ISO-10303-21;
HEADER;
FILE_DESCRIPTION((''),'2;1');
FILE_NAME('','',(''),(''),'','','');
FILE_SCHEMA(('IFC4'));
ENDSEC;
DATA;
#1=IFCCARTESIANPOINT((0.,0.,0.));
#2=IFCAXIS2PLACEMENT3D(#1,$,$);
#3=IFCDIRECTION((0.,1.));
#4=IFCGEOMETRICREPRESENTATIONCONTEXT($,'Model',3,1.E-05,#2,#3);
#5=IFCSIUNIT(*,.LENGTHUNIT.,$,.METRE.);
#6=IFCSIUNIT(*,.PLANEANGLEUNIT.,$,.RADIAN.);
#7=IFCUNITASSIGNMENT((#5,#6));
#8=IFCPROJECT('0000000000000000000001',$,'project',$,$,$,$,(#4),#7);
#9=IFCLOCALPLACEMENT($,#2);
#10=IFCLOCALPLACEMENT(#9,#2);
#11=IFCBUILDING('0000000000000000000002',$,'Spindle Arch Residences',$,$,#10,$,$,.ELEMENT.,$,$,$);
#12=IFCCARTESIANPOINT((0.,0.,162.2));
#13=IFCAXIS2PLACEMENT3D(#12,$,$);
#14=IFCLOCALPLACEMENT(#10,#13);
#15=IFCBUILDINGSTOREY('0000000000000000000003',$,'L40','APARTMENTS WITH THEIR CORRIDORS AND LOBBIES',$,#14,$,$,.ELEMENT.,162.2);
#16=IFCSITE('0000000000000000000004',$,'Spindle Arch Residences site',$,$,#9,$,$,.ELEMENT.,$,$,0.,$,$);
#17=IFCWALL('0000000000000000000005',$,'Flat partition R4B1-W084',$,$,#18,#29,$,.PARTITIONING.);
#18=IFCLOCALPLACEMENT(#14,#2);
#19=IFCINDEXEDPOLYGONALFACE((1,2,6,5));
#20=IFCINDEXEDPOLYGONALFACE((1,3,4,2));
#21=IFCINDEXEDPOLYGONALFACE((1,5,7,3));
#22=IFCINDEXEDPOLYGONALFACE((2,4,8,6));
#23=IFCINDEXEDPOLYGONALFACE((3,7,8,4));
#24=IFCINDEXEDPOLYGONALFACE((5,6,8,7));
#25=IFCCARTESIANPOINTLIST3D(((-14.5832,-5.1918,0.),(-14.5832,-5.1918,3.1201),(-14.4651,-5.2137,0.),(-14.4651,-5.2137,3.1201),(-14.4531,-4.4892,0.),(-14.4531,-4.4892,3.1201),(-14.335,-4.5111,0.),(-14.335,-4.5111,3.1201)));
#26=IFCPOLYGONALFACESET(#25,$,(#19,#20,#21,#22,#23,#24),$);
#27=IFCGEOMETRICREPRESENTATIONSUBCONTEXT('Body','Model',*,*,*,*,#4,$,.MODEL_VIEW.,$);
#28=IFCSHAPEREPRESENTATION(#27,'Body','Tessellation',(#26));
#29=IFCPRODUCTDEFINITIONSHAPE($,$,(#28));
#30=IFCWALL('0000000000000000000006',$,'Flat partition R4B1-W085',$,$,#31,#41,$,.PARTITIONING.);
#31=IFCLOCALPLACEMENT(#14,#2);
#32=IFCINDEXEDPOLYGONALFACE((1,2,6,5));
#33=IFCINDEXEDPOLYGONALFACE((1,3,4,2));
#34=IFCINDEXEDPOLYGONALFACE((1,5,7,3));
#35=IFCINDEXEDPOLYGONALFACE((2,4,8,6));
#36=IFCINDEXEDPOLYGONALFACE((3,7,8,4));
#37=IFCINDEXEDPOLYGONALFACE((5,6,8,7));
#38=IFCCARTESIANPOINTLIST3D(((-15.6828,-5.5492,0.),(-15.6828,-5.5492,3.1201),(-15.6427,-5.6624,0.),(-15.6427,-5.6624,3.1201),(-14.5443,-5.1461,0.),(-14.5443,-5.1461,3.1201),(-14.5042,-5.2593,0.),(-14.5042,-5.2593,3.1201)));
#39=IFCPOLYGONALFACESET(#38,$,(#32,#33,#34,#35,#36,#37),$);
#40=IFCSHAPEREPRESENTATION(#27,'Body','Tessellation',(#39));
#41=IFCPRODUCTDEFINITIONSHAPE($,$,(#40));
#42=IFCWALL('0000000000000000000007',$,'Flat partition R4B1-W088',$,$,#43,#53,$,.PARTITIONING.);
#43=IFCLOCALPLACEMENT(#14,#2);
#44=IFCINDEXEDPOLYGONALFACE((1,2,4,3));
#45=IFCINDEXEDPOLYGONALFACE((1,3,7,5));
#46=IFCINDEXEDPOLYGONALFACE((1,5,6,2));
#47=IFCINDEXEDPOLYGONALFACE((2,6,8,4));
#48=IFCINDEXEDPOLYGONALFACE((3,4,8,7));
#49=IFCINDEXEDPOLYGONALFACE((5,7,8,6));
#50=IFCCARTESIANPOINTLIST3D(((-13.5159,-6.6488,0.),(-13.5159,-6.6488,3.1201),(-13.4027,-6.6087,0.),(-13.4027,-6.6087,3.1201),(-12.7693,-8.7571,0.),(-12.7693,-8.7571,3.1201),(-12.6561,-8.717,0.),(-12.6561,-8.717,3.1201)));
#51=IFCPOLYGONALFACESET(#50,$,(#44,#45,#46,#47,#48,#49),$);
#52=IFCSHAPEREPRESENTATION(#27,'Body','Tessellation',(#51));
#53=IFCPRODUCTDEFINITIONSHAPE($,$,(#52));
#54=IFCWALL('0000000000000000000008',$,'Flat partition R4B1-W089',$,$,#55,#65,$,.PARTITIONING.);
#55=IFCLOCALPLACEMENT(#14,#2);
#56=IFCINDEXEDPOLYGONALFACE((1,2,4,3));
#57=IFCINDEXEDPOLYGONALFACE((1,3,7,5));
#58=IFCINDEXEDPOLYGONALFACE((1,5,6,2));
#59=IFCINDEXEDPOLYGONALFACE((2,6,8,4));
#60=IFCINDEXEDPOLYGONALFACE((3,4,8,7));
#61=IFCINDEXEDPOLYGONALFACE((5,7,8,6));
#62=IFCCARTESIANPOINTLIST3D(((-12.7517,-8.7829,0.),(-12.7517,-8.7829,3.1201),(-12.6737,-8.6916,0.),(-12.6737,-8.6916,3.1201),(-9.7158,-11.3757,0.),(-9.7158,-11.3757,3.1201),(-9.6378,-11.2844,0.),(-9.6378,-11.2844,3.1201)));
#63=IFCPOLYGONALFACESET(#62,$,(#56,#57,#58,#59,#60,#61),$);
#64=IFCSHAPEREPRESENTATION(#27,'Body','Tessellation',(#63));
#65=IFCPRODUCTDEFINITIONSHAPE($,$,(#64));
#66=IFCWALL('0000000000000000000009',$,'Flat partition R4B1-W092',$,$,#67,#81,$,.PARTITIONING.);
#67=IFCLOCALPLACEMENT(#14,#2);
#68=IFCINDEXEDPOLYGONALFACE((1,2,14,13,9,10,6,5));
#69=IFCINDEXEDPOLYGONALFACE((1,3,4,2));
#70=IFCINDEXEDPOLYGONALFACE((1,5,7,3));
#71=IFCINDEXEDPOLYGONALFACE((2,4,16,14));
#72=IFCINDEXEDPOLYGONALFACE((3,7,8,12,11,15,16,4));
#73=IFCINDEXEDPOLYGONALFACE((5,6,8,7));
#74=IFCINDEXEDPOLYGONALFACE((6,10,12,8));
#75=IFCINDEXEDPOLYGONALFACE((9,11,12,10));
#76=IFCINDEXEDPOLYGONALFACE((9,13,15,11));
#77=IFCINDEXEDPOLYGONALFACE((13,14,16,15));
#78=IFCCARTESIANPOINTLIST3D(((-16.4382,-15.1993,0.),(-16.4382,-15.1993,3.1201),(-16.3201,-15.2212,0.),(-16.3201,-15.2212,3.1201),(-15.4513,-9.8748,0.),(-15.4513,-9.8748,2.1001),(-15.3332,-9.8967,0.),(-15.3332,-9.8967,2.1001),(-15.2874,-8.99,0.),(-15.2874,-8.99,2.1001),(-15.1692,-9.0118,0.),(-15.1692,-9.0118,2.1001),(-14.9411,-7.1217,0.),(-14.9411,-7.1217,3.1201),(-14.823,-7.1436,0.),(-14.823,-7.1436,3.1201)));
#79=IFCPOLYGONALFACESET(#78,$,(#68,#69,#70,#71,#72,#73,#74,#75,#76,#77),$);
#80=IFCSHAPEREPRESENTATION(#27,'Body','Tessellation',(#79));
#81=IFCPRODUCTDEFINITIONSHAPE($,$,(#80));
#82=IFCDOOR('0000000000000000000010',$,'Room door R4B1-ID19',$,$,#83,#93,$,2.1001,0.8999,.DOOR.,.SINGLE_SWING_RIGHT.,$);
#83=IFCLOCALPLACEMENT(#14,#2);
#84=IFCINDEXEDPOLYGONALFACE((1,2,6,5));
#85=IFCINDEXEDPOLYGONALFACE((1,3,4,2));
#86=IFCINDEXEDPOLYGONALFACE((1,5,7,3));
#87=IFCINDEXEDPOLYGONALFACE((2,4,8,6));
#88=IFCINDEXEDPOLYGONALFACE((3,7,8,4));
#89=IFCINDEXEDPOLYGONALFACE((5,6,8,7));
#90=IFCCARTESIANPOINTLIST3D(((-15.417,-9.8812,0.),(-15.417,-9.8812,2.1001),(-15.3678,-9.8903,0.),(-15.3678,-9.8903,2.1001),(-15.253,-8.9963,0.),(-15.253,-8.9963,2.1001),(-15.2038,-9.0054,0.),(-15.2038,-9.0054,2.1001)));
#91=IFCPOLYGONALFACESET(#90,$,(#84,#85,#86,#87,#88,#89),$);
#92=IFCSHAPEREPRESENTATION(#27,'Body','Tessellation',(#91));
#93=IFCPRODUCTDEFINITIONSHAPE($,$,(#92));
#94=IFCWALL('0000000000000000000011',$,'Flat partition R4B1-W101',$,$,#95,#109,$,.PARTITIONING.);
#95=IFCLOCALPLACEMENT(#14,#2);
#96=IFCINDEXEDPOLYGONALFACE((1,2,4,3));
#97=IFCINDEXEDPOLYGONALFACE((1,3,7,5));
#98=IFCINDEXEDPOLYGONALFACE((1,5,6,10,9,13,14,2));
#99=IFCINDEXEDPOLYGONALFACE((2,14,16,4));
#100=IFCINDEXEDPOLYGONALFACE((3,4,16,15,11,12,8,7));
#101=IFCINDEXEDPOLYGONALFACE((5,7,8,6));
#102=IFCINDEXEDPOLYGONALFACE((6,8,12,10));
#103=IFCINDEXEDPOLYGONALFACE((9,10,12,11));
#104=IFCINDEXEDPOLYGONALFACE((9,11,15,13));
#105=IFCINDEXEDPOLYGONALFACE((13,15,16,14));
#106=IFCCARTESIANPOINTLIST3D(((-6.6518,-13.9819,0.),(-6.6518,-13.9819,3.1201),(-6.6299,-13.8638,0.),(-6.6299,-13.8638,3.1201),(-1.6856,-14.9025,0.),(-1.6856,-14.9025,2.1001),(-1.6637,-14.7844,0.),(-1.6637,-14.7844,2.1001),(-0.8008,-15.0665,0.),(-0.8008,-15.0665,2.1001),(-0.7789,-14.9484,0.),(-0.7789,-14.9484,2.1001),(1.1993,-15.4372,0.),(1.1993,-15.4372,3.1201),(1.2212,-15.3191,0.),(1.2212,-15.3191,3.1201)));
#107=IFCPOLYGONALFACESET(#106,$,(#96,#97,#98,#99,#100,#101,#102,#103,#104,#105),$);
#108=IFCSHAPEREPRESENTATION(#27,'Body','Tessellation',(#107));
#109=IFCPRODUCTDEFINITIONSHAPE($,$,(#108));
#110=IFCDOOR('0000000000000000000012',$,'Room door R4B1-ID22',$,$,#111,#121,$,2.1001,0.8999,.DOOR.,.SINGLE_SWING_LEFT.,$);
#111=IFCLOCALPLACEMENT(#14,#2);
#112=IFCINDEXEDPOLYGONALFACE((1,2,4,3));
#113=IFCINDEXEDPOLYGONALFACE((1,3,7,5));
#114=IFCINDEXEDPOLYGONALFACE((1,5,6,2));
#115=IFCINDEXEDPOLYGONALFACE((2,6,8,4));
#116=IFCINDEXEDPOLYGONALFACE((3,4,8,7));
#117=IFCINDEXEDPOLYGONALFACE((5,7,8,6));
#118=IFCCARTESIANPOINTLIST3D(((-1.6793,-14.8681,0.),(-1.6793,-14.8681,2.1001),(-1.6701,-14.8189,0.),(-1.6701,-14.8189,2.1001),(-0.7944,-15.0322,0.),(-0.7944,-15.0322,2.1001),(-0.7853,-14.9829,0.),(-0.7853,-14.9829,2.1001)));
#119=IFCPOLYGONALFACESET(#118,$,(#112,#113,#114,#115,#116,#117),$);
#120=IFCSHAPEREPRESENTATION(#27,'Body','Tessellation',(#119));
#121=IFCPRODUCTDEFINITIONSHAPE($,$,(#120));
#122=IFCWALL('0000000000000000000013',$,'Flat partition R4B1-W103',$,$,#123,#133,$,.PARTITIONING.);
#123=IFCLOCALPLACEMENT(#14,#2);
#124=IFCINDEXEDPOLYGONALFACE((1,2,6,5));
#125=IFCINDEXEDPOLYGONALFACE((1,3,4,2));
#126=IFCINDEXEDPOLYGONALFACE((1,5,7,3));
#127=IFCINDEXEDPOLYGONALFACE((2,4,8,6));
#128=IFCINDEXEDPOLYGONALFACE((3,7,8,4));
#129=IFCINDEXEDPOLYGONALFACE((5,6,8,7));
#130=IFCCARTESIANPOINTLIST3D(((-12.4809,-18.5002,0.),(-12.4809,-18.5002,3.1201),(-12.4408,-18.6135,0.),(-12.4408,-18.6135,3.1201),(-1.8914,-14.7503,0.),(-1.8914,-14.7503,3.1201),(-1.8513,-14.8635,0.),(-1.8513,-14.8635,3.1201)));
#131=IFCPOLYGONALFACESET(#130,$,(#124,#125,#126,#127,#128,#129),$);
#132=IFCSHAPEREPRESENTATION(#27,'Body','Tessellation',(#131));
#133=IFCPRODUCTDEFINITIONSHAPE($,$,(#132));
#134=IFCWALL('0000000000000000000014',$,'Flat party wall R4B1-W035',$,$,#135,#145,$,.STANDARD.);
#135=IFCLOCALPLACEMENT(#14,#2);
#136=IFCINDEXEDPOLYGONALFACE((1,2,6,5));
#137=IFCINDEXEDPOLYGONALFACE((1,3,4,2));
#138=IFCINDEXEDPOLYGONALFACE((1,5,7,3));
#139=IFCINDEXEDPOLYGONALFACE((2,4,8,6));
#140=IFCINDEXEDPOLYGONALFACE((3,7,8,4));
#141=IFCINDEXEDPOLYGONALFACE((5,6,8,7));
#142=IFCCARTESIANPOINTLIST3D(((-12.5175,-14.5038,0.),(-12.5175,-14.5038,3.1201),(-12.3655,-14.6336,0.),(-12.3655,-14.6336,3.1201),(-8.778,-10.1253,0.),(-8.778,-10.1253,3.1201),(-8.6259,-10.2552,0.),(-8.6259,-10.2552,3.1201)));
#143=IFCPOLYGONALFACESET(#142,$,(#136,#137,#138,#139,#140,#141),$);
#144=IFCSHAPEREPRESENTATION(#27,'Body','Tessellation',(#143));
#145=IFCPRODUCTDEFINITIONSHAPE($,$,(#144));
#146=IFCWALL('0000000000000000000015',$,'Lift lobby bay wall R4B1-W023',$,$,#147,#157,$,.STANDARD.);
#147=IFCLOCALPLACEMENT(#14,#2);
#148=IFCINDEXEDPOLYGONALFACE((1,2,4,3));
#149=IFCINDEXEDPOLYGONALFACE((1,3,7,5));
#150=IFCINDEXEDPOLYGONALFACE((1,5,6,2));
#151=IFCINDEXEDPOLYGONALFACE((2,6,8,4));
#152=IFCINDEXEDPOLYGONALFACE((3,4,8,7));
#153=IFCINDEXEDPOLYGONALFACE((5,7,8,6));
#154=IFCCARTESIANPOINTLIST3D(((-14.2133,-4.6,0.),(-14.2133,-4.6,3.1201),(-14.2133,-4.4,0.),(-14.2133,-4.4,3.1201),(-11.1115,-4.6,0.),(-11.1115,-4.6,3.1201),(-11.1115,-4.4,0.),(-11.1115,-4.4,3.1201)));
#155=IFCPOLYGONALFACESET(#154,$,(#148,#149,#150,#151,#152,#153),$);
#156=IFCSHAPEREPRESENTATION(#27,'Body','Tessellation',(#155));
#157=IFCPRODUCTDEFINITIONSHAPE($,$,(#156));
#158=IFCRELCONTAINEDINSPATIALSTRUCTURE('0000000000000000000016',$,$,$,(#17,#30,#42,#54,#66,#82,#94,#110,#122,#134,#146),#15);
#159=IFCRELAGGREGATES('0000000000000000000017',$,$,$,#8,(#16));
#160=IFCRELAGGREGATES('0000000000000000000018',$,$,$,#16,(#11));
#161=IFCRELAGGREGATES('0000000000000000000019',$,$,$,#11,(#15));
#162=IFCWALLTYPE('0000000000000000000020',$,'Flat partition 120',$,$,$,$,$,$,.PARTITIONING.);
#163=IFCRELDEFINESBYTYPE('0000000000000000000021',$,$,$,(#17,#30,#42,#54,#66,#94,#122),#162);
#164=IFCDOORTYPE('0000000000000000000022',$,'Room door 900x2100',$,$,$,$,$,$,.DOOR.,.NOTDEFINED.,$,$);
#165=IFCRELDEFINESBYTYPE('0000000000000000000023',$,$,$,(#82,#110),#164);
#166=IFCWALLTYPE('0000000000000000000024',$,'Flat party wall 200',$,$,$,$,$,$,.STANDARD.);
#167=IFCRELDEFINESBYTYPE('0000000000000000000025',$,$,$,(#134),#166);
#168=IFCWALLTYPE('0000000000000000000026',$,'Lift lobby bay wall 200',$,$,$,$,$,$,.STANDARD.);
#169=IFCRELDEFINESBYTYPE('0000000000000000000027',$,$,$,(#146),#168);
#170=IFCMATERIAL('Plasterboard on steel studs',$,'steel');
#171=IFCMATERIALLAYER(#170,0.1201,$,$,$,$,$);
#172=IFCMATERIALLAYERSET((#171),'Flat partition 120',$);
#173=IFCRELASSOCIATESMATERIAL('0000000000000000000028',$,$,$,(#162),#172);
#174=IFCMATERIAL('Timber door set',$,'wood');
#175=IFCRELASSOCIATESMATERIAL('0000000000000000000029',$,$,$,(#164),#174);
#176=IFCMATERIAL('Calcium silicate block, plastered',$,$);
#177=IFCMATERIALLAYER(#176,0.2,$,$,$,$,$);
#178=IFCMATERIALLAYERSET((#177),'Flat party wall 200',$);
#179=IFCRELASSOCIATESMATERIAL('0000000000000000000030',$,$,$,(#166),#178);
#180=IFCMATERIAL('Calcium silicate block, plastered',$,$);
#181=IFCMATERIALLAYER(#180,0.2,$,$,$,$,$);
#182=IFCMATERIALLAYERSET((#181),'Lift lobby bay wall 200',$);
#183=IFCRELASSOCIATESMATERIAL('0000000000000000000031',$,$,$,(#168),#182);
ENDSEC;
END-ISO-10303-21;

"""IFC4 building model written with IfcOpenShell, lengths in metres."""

from ifc_helpers import new_model, si_unit, direction, frame, frame_2d, origin, place, context, subcontext, project, spatial, rectangle, extrude, material, layer, layer_set, type_object, element, fill, save


model = new_model("IFC4")

# Units and contexts
model_context = context("Model", 3, precision=1e-05, world=origin(), true_north=direction((0.0, 1.0)))
body_context = subcontext(model_context, "Body", "Model", "MODEL_VIEW")
ifc_project = project(units=[si_unit("LENGTHUNIT", "METRE"), si_unit("PLANEANGLEUNIT", "RADIAN")], contexts=[model_context])

# Site, building, storey
site_placement = place(None, origin())
site = spatial("IfcSite", under=ifc_project, at=site_placement, Name="Spindle Arch Residences site", CompositionType="ELEMENT", RefElevation=0.0)
building_placement = place(site_placement, origin())
building = spatial("IfcBuilding", under=site, at=building_placement, Name="Spindle Arch Residences", CompositionType="ELEMENT")
storey_placement = place(building_placement, frame((0.0, 0.0, 162.2)))
storey = spatial("IfcBuildingStorey", under=building, at=storey_placement, Name="L40", Description="APARTMENTS WITH THEIR CORRIDORS AND LOBBIES", CompositionType="ELEMENT", Elevation=162.2)

# Walls
ifc_material_1 = material(Name="Plasterboard on steel studs", Category="steel")
ifc_layer_1 = layer(ifc_material_1, 0.1201)
ifc_layer_set_1 = layer_set([ifc_layer_1], Name="Flat partition 120")
wall_type_1 = type_object("IfcWallType", Name="Flat partition 120", PredefinedType="PARTITIONING", material=ifc_layer_set_1)
wall_1_placement = place(storey_placement, frame((-14.394, -4.5, 0.0), z_axis=(0.0, 0.0, 1.0), x_axis=(-0.182101, -0.98328, 0.0)))
element("IfcWall", 1, at=wall_1_placement, inside=storey, type_object=wall_type_1, Name="Flat partition R4B1-W084", PredefinedType="PARTITIONING", context=body_context, shape_type="SweptSolid", body=[
    extrude(rectangle(XDim=0.7146, YDim=0.1201, at=frame_2d((0.3574, 0.0))), origin(), (0.0, 0.0, 1.0), 3.1201),
])
wall_2_placement = place(storey_placement, frame((-14.5242, -5.2026, 0.0), z_axis=(0.0, 0.0, 1.0), x_axis=(-0.942658, -0.333761, 0.0)))
element("IfcWall", 2, at=wall_2_placement, inside=storey, type_object=wall_type_1, Name="Flat partition R4B1-W085", PredefinedType="PARTITIONING", context=body_context, shape_type="SweptSolid", body=[
    extrude(rectangle(XDim=1.2078, YDim=0.1201, at=frame_2d((0.604, 0.0))), origin(), (0.0, 0.0, 1.0), 3.1201),
])
wall_3_placement = place(storey_placement, frame((-13.4592, -6.6289, 0.0), z_axis=(0.0, 0.0, 1.0), x_axis=(0.333791, -0.942647, 0.0)))
element("IfcWall", 3, at=wall_3_placement, inside=storey, type_object=wall_type_1, Name="Flat partition R4B1-W088", PredefinedType="PARTITIONING", context=body_context, shape_type="SweptSolid", body=[
    extrude(rectangle(XDim=2.2366, YDim=0.1201, at=frame_2d((1.1182, 0.0))), origin(), (0.0, 0.0, 1.0), 3.1201),
])
wall_4_placement = place(storey_placement, frame((-12.7126, -8.7373, 0.0), z_axis=(0.0, 0.0, 1.0), x_axis=(0.760421, -0.649431, 0.0)))
element("IfcWall", 4, at=wall_4_placement, inside=storey, type_object=wall_type_1, Name="Flat partition R4B1-W089", PredefinedType="PARTITIONING", context=body_context, shape_type="SweptSolid", body=[
    extrude(rectangle(XDim=3.9924, YDim=0.1201, at=frame_2d((1.9961, 0.0))), origin(), (0.0, 0.0, 1.0), 3.1201),
])

# Walls, openings, doors
wall_5_placement = place(storey_placement, frame((-14.8821, -7.1328, 0.0), z_axis=(0.0, 0.0, 1.0), x_axis=(-0.182232, -0.983256, 0.0)))
wall_5 = element("IfcWall", 5, at=wall_5_placement, inside=storey, type_object=wall_type_1, Name="Flat partition R4B1-W092", PredefinedType="PARTITIONING", context=body_context, shape_type="SweptSolid", body=[
    extrude(rectangle(XDim=8.2151, YDim=0.1201, at=frame_2d((4.1074, 0.0))), origin(), (0.0, 0.0, 1.0), 3.1201),
])
opening_1_placement = place(wall_5_placement, frame((1.8999, 0.0, 0.0)))
opening_1 = element("IfcOpeningElement", 6, at=opening_1_placement, cuts=wall_5, PredefinedType="OPENING", context=body_context, shape_type="SweptSolid", body=[
    extrude(rectangle(XDim=0.8999, YDim=2.1001, at=frame_2d((0.45, 1.05))), frame((0.0, 0.0701, 0.0), z_axis=(0.0, -1.0, 0.0), x_axis=(1.0, 0.0, 0.0)), (0.0, 0.0, 1.0), 0.1401),
])
ifc_material_2 = material(Name="Timber door set", Category="wood")
door_type_1 = type_object("IfcDoorType", Name="Room door 900x2100", OperationType="NOTDEFINED", PredefinedType="DOOR", material=ifc_material_2)
door_1_placement = place(opening_1_placement, origin())
door_1 = element("IfcDoor", 7, at=door_1_placement, inside=storey, type_object=door_type_1, Name="Room door R4B1-ID19", OperationType="SINGLE_SWING_RIGHT", OverallHeight=2.1001, OverallWidth=0.8999, PredefinedType="DOOR", context=body_context, shape_type="SweptSolid", body=[
    extrude(rectangle(XDim=0.8999, YDim=2.1001, at=frame_2d((0.45, 1.05))), frame((0.0, 0.0249, 0.0), z_axis=(0.0, -1.0, 0.0), x_axis=(1.0, 0.0, 0.0)), (0.0, 0.0, 1.0), 0.05),
])
fill(opening_1, door_1)
wall_6_placement = place(storey_placement, frame((-6.6409, -13.9229, 0.0), z_axis=(0.0, 0.0, 1.0), x_axis=(0.98325, -0.182261, 0.0)))
wall_6 = element("IfcWall", 8, at=wall_6_placement, inside=storey, type_object=wall_type_1, Name="Flat partition R4B1-W101", PredefinedType="PARTITIONING", context=body_context, shape_type="SweptSolid", body=[
    extrude(rectangle(XDim=7.9849, YDim=0.1201, at=frame_2d((3.9924, 0.0))), origin(), (0.0, 0.0, 1.0), 3.1201),
])
opening_2_placement = place(wall_6_placement, frame((5.0508, 0.0, 0.0)))
opening_2 = element("IfcOpeningElement", 9, at=opening_2_placement, cuts=wall_6, PredefinedType="OPENING", context=body_context, shape_type="SweptSolid", body=[
    extrude(rectangle(XDim=0.8999, YDim=2.1001, at=frame_2d((0.45, 1.05))), frame((0.0, 0.0701, 0.0), z_axis=(0.0, -1.0, 0.0), x_axis=(1.0, 0.0, 0.0)), (0.0, 0.0, 1.0), 0.1401),
])
door_2_placement = place(opening_2_placement, origin())
door_2 = element("IfcDoor", 10, at=door_2_placement, inside=storey, type_object=door_type_1, Name="Room door R4B1-ID22", OperationType="SINGLE_SWING_LEFT", OverallHeight=2.1001, OverallWidth=0.8999, PredefinedType="DOOR", context=body_context, shape_type="SweptSolid", body=[
    extrude(rectangle(XDim=0.8999, YDim=2.1001, at=frame_2d((0.45, 1.05))), frame((0.0, 0.0249, 0.0), z_axis=(0.0, -1.0, 0.0), x_axis=(1.0, 0.0, 0.0)), (0.0, 0.0, 1.0), 0.05),
])
fill(opening_2, door_2)

# Walls
wall_7_placement = place(storey_placement, frame((-1.8713, -14.8069, 0.0), z_axis=(0.0, 0.0, 1.0), x_axis=(-0.942641, -0.333809, 0.0)))
element("IfcWall", 11, at=wall_7_placement, inside=storey, type_object=wall_type_1, Name="Flat partition R4B1-W103", PredefinedType="PARTITIONING", context=body_context, shape_type="SweptSolid", body=[
    extrude(rectangle(XDim=11.2339, YDim=0.1201, at=frame_2d((5.6169, 0.0))), origin(), (0.0, 0.0, 1.0), 3.1201),
])
ifc_material_3 = material(Name="Calcium silicate block, plastered")
ifc_layer_2 = layer(ifc_material_3, 0.2)
ifc_layer_set_2 = layer_set([ifc_layer_2], Name="Flat party wall 200")
wall_type_2 = type_object("IfcWallType", Name="Flat party wall 200", PredefinedType="STANDARD", material=ifc_layer_set_2)
wall_8_placement = place(storey_placement, frame((-12.4414, -14.5686, 0.0), z_axis=(0.0, 0.0, 1.0), x_axis=(0.649446, 0.760408, 0.0)))
element("IfcWall", 12, at=wall_8_placement, inside=storey, type_object=wall_type_2, Name="Flat party wall R4B1-W035", PredefinedType="STANDARD", context=body_context, shape_type="SweptSolid", body=[
    extrude(rectangle(XDim=5.7581, YDim=0.2, at=frame_2d((2.8789, 0.0))), origin(), (0.0, 0.0, 1.0), 3.1201),
])
ifc_material_4 = material(Name="Calcium silicate block, plastered")
ifc_layer_3 = layer(ifc_material_4, 0.2)
ifc_layer_set_3 = layer_set([ifc_layer_3], Name="Lift lobby bay wall 200")
wall_type_3 = type_object("IfcWallType", Name="Lift lobby bay wall 200", PredefinedType="STANDARD", material=ifc_layer_set_3)
wall_9_placement = place(storey_placement, frame((-14.2131, -4.5, 0.0), z_axis=(0.0, 0.0, 1.0), x_axis=(1.0, 0.0, 0.0)))
element("IfcWall", 13, at=wall_9_placement, inside=storey, type_object=wall_type_3, Name="Lift lobby bay wall R4B1-W023", PredefinedType="STANDARD", context=body_context, shape_type="SweptSolid", body=[
    extrude(rectangle(XDim=3.1018, YDim=0.2, at=frame_2d((1.5508, 0.0))), origin(), (0.0, 0.0, 1.0), 3.1201),
])

save(model, "model.ifc")
